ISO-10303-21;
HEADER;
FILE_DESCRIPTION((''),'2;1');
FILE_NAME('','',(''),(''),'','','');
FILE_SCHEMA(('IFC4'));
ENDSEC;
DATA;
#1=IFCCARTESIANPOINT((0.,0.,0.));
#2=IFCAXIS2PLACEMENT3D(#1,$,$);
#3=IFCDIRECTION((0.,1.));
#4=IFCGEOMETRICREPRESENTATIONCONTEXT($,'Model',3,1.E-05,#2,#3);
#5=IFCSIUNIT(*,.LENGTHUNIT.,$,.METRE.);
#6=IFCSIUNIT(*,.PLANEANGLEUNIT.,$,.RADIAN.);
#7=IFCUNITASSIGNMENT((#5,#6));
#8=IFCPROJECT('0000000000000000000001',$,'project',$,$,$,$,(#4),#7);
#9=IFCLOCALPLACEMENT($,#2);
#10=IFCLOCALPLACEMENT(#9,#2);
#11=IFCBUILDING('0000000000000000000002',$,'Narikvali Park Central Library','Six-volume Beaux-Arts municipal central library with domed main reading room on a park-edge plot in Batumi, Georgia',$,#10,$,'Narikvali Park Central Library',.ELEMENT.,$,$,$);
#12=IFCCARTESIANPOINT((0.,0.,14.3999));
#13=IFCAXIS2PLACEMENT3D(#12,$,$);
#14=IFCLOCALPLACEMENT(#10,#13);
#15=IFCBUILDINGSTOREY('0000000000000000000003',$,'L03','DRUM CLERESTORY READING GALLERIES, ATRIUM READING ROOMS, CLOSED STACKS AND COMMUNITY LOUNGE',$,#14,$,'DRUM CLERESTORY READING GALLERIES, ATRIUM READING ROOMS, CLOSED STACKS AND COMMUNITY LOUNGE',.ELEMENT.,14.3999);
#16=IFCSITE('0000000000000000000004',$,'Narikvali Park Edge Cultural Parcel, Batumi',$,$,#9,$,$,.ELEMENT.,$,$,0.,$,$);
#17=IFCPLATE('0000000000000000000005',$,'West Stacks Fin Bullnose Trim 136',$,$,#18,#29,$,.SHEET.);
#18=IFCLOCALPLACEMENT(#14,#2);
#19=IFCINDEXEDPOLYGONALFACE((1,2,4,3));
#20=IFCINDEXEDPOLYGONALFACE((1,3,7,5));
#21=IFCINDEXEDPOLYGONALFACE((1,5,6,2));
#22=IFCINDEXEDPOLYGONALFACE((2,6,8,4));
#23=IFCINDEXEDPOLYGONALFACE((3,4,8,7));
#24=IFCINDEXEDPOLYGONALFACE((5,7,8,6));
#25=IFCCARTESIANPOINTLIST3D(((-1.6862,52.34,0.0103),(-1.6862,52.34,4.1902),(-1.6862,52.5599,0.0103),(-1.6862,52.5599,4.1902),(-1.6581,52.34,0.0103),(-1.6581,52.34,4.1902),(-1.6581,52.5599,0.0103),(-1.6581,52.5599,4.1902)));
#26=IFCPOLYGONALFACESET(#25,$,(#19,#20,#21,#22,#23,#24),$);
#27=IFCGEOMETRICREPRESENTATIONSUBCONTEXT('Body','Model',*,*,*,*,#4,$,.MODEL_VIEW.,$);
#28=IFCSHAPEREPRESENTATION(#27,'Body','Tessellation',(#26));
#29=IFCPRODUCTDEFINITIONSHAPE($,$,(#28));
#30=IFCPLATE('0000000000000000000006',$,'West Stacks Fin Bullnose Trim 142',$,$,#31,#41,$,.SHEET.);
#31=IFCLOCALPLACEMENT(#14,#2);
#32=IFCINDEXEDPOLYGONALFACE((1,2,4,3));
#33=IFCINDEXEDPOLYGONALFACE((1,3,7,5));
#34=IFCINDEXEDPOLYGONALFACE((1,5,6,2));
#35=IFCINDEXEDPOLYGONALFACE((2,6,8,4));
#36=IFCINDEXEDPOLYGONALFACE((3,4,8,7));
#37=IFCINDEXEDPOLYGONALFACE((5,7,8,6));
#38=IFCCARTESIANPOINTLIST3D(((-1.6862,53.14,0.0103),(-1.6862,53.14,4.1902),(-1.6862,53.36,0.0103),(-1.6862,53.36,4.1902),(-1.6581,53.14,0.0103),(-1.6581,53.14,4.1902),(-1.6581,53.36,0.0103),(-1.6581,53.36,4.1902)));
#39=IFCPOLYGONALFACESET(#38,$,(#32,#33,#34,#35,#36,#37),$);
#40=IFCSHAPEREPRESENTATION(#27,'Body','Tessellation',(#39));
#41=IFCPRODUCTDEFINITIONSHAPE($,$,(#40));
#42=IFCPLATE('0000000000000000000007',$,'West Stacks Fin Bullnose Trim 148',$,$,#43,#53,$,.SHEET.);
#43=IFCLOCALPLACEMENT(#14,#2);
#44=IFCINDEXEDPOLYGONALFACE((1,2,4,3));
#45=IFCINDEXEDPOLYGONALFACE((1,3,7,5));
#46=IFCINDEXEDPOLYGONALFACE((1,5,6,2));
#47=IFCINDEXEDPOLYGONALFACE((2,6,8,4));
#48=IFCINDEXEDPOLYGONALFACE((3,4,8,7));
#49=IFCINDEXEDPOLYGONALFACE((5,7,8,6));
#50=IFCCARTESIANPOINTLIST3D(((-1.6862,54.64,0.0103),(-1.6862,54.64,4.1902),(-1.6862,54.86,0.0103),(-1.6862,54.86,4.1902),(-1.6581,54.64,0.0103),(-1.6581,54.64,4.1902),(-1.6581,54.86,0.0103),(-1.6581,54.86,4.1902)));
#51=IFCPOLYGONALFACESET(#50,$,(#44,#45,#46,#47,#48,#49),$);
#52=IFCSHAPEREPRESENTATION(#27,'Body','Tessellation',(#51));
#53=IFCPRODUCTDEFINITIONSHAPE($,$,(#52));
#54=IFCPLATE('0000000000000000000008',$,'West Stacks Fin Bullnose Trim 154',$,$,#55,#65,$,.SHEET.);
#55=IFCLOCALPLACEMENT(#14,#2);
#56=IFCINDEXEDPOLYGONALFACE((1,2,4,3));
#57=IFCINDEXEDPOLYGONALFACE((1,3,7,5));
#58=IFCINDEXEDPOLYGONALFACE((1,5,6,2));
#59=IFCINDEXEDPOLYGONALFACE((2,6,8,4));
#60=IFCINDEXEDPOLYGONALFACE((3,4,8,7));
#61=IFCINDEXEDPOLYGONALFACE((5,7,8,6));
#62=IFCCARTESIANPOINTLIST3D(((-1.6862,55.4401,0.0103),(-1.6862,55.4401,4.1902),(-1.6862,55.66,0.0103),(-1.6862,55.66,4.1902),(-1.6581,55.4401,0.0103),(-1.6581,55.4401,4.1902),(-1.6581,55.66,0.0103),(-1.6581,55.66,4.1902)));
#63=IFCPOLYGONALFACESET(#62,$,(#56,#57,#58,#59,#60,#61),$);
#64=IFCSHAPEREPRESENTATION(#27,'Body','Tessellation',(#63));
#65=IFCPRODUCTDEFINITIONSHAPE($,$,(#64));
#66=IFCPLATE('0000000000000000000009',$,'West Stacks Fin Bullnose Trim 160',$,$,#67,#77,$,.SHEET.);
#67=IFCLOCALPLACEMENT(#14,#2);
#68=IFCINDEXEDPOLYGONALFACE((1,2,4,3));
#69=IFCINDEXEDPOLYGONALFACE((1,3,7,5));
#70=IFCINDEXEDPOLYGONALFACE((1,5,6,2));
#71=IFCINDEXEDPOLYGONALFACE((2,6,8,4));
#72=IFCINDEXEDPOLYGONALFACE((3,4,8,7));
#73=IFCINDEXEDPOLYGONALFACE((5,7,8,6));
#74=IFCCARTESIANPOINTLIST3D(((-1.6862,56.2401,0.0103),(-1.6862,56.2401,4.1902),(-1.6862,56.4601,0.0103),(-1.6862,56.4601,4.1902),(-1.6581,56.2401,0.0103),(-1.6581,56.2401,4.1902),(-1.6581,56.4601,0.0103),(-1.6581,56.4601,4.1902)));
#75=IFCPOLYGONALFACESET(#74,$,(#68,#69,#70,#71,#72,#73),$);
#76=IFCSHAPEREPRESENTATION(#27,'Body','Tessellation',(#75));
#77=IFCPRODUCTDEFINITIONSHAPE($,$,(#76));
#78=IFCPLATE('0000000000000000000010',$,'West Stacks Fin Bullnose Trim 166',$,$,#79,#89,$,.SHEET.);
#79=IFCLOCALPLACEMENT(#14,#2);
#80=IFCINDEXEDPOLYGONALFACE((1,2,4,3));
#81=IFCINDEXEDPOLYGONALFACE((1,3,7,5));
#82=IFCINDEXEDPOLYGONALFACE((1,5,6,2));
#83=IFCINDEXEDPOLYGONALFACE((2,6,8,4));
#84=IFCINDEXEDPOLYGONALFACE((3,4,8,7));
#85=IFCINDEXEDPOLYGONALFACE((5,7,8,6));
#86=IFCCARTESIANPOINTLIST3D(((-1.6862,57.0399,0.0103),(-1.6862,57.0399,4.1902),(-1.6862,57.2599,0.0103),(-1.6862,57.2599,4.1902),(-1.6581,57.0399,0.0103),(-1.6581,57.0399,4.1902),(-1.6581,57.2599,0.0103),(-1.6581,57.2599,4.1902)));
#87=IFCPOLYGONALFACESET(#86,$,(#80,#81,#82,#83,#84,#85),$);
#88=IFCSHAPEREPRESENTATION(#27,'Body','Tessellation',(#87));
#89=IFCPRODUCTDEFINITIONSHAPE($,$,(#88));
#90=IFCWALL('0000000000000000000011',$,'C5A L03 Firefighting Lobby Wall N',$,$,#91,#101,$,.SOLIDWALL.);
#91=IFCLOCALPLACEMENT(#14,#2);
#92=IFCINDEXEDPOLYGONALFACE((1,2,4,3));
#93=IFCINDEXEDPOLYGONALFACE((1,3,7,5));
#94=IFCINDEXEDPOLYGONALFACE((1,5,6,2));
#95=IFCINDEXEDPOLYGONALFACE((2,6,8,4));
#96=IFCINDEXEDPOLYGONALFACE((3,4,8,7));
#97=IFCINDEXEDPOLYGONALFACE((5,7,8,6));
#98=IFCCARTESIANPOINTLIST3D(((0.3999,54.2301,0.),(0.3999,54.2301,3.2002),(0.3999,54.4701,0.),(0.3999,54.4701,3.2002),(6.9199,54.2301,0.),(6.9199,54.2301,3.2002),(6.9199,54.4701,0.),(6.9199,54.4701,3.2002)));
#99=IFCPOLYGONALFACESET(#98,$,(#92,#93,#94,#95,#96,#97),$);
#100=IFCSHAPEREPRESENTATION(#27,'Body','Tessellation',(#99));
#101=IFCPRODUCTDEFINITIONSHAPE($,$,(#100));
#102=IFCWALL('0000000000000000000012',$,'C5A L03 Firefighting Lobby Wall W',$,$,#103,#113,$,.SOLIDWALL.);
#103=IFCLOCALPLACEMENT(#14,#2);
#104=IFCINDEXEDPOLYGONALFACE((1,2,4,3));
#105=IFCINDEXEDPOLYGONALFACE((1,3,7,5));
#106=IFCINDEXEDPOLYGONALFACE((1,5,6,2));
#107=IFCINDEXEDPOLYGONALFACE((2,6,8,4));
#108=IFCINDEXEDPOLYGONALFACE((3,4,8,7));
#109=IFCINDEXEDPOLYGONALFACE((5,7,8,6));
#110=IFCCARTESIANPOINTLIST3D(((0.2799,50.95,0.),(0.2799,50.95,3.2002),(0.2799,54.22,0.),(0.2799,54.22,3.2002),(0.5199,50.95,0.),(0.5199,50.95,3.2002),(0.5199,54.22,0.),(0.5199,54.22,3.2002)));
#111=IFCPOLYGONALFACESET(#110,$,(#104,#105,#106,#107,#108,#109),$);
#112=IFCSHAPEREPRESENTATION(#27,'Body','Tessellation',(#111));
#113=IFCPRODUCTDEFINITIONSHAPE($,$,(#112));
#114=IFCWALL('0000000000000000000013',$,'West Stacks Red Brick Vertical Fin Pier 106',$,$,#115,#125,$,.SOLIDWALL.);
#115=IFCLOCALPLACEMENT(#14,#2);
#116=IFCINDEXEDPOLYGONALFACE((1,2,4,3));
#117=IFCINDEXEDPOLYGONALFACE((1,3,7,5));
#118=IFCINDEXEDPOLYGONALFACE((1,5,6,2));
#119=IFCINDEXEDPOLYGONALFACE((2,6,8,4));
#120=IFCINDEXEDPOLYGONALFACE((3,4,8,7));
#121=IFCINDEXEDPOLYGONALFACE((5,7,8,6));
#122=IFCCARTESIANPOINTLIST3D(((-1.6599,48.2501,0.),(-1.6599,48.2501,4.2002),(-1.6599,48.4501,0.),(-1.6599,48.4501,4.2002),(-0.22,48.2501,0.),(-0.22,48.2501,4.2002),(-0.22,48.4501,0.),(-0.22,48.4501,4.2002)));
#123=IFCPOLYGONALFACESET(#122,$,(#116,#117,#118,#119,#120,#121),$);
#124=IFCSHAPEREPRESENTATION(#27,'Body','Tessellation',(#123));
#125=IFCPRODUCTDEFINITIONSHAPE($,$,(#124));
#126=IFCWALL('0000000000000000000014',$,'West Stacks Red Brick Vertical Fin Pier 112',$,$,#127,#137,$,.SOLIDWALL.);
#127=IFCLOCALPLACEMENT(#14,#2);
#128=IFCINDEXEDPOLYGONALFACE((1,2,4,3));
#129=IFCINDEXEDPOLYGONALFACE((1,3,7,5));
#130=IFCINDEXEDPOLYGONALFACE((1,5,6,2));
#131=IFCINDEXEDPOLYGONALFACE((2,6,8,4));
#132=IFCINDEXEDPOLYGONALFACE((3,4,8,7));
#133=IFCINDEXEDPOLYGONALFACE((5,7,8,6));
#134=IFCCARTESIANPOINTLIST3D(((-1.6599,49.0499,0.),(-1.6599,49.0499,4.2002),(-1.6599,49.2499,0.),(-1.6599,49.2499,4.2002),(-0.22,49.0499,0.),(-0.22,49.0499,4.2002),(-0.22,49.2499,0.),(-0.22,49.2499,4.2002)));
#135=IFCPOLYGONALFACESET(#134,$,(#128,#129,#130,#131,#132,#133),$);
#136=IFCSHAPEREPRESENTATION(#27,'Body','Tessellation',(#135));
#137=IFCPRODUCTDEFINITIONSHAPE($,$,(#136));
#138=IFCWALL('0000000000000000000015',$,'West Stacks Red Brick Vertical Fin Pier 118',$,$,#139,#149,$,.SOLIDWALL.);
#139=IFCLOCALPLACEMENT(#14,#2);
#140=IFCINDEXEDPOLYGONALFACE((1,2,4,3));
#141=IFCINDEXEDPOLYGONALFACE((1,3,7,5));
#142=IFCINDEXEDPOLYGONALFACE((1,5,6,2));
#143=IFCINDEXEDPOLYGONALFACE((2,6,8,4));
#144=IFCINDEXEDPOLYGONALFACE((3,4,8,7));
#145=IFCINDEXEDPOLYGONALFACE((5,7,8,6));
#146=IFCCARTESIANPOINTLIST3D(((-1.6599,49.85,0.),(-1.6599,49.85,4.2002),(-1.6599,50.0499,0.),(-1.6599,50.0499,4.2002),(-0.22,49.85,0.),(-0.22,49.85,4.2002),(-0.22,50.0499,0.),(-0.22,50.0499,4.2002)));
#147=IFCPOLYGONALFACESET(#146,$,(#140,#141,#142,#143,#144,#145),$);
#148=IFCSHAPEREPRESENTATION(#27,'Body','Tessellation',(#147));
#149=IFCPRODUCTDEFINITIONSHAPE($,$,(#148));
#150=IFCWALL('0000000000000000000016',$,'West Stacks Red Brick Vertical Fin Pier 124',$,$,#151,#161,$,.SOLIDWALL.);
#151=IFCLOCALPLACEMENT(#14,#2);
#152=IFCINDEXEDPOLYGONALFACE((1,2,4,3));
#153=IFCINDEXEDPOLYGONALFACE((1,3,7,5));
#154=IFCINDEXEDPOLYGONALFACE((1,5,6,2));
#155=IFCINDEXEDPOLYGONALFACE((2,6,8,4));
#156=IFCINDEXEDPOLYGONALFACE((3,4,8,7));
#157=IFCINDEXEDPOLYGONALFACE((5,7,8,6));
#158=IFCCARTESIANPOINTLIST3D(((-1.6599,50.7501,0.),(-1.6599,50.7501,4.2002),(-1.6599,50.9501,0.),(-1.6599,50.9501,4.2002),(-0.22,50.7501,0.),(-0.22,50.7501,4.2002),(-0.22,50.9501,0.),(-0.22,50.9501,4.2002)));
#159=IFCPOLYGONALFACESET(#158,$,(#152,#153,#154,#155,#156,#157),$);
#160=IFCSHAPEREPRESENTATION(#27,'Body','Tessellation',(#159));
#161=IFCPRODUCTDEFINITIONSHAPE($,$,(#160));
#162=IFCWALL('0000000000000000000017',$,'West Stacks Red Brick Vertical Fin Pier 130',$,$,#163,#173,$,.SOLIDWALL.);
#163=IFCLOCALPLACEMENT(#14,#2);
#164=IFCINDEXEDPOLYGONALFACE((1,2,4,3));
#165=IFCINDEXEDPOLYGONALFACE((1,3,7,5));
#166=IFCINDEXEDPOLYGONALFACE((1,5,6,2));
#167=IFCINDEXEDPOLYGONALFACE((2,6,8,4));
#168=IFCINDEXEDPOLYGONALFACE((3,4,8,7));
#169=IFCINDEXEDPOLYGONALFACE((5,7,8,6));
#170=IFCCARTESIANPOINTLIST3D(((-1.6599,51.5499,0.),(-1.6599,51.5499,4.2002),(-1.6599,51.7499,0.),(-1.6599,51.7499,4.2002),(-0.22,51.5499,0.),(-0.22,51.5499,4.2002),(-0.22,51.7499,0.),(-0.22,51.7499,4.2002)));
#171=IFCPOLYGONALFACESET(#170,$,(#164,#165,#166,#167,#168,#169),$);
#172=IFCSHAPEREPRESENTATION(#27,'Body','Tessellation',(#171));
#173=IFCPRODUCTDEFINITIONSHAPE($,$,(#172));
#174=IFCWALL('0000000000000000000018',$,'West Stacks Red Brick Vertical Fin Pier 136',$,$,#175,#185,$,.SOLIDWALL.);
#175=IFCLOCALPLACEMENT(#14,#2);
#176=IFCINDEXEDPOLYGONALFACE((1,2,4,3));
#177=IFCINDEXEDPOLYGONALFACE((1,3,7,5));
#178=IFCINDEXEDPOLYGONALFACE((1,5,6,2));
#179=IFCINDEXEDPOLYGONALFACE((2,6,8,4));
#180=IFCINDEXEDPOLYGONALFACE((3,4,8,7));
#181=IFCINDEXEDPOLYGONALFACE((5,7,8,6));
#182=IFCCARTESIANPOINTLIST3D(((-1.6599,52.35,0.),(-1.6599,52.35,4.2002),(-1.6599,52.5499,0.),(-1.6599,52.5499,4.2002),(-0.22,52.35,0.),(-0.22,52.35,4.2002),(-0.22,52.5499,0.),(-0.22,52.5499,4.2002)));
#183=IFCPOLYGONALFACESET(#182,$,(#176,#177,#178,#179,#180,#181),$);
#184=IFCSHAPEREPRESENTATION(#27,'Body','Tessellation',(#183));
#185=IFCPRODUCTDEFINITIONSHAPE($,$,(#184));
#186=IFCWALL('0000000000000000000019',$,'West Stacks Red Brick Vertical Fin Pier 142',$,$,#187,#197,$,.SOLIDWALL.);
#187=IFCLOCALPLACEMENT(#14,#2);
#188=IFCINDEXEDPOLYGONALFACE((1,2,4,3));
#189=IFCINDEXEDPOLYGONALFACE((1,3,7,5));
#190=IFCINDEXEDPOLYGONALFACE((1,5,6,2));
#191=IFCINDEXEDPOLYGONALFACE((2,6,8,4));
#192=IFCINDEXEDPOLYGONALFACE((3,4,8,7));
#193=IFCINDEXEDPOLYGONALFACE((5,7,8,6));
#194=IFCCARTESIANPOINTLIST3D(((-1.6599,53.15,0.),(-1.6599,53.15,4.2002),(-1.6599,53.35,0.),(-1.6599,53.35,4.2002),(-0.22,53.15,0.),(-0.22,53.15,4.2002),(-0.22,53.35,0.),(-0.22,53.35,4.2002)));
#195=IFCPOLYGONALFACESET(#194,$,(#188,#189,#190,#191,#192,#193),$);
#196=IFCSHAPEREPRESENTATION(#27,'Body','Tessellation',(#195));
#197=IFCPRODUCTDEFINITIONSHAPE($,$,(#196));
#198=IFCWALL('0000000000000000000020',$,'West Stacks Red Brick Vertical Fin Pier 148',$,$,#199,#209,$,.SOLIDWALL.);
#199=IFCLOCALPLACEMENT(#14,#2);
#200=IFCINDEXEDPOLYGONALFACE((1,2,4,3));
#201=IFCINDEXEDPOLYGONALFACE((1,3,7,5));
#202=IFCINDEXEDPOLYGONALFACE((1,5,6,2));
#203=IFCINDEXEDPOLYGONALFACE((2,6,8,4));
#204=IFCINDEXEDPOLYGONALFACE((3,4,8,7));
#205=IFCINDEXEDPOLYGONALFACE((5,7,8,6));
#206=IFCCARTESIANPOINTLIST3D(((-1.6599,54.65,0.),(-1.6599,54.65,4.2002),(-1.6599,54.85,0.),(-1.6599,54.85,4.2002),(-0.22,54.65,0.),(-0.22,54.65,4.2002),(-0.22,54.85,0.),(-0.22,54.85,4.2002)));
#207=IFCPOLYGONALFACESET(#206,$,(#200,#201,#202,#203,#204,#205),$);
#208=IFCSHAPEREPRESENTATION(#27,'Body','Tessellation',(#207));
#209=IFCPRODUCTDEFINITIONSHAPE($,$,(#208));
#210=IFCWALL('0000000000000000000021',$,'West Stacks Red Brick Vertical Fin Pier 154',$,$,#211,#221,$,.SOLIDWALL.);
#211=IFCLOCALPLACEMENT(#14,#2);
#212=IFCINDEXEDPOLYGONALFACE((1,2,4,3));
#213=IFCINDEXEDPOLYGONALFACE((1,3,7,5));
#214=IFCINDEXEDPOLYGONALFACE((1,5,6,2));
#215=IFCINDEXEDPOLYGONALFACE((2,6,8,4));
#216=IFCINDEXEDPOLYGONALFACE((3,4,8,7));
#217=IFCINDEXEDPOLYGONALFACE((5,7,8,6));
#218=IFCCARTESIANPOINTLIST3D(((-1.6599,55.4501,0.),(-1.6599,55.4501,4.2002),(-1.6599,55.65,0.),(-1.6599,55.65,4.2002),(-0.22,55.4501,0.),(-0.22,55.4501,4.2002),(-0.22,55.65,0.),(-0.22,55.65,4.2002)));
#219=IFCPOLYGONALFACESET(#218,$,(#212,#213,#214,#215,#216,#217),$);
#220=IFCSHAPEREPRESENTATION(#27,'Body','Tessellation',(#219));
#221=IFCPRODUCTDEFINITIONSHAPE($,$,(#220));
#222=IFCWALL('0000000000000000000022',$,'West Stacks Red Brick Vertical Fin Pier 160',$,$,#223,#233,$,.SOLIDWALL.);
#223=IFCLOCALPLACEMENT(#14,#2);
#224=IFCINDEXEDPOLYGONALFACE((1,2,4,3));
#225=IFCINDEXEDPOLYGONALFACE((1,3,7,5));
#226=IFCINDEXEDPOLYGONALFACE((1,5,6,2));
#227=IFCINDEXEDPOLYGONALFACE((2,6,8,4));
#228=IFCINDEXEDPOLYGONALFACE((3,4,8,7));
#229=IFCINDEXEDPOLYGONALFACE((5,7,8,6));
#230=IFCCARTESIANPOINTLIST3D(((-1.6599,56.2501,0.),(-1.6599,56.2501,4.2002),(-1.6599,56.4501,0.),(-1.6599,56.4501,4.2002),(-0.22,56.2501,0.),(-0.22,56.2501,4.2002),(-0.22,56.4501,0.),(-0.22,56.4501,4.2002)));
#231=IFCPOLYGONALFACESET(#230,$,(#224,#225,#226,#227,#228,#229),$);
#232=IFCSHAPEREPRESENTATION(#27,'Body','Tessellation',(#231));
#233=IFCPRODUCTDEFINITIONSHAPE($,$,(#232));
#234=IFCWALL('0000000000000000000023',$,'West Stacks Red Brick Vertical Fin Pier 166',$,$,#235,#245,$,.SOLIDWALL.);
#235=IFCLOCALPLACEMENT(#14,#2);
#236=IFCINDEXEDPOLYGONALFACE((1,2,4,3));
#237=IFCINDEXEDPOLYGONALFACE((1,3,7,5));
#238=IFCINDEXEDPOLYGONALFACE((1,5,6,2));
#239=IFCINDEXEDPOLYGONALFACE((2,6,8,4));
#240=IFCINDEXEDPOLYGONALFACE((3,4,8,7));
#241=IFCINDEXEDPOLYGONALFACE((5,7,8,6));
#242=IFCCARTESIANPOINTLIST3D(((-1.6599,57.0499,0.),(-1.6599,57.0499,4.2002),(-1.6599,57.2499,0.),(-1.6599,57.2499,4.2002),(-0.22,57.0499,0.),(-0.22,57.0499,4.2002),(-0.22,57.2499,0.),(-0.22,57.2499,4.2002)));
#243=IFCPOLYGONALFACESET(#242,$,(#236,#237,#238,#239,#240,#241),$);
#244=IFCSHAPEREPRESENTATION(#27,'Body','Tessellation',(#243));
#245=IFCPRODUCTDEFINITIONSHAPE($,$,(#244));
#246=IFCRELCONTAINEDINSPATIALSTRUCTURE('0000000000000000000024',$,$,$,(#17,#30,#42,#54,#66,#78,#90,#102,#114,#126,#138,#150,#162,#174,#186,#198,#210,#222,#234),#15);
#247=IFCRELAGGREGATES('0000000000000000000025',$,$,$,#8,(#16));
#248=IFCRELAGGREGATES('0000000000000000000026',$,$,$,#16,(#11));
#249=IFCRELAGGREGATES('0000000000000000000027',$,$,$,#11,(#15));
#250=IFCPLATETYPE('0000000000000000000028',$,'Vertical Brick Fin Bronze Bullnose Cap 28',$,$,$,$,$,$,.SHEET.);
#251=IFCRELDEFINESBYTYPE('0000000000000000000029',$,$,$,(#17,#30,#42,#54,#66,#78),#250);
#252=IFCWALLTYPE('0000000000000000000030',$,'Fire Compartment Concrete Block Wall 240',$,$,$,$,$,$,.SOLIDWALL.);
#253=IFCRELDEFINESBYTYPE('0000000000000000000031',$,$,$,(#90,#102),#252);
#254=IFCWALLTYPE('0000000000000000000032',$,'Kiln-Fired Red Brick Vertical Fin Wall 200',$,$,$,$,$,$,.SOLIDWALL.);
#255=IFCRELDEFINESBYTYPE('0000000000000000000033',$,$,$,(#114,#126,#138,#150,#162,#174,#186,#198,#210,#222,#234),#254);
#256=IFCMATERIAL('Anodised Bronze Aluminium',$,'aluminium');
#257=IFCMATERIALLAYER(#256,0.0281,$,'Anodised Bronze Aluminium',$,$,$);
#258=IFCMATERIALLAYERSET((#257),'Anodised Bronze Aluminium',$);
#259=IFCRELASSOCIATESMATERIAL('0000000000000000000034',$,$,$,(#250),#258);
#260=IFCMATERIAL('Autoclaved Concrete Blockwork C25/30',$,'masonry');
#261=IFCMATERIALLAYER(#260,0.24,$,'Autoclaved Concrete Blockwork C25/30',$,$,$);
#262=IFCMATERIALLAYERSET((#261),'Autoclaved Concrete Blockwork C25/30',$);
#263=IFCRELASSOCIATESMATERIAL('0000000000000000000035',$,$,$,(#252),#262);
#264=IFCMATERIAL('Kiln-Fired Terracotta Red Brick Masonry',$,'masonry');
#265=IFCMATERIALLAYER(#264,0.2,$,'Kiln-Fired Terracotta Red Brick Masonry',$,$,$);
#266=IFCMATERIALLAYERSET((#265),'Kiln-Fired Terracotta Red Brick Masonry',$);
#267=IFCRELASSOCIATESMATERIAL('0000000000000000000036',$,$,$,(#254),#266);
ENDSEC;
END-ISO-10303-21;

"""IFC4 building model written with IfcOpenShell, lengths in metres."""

from ifc_helpers import new_model, si_unit, direction, frame, frame_2d, origin, origin_2d, place, context, subcontext, project, spatial, rectangle, extrude, material, layer, layer_set, type_object, element, save


model = new_model("IFC4")

# Units and contexts
model_context = context("Model", 3, precision=1e-05, world=origin(), true_north=direction((0.0, 1.0)))
body_context = subcontext(model_context, "Body", "Model", "MODEL_VIEW")
ifc_project = project(units=[si_unit("LENGTHUNIT", "METRE"), si_unit("PLANEANGLEUNIT", "RADIAN")], contexts=[model_context])

# Site, building, storey
site_placement = place(None, origin())
site = spatial("IfcSite", under=ifc_project, at=site_placement, Name="Narikvali Park Edge Cultural Parcel, Batumi", CompositionType="ELEMENT", RefElevation=0.0)
building_placement = place(site_placement, origin())
building = spatial("IfcBuilding", under=site, at=building_placement, Name="Narikvali Park Central Library", Description="Six-volume Beaux-Arts municipal central library with domed main reading room on a park-edge plot in Batumi, Georgia", LongName="Narikvali Park Central Library", CompositionType="ELEMENT")
storey_placement = place(building_placement, frame((0.0, 0.0, 14.3999)))
storey = spatial("IfcBuildingStorey", under=building, at=storey_placement, Name="L03", Description="DRUM CLERESTORY READING GALLERIES, ATRIUM READING ROOMS, CLOSED STACKS AND COMMUNITY LOUNGE", LongName="DRUM CLERESTORY READING GALLERIES, ATRIUM READING ROOMS, CLOSED STACKS AND COMMUNITY LOUNGE", CompositionType="ELEMENT", Elevation=14.3999)

# Plates
ifc_material_1 = material(Name="Anodised Bronze Aluminium", Category="aluminium")
ifc_layer_1 = layer(ifc_material_1, 0.0281, Name="Anodised Bronze Aluminium")
ifc_layer_set_1 = layer_set([ifc_layer_1], Name="Anodised Bronze Aluminium")
plate_type = type_object("IfcPlateType", Name="Vertical Brick Fin Bronze Bullnose Cap 28", PredefinedType="SHEET", material=ifc_layer_set_1)
for number, where, z_axis, x_axis, name in (
    (1, (-1.6721, 52.45, 0.0103), (0.0, 0.0, 1.0), (1.0, 0.0, 0.0), "West Stacks Fin Bullnose Trim 136"),
    (2, (-1.6721, 53.25, 0.0103), (0.0, 0.0, 1.0), (1.0, 0.0, 0.0), "West Stacks Fin Bullnose Trim 142"),
    (3, (-1.6721, 54.75, 0.0103), (0.0, 0.0, 1.0), (1.0, 0.0, 0.0), "West Stacks Fin Bullnose Trim 148"),
    (4, (-1.6721, 55.55, 0.0103), (0.0, 0.0, 1.0), (1.0, 0.0, 0.0), "West Stacks Fin Bullnose Trim 154"),
    (5, (-1.6721, 56.3501, 0.0103), (0.0, 0.0, 1.0), (1.0, 0.0, 0.0), "West Stacks Fin Bullnose Trim 160"),
    (6, (-1.6721, 57.1499, 0.0103), (0.0, 0.0, 1.0), (1.0, 0.0, 0.0), "West Stacks Fin Bullnose Trim 166"),
):
    element("IfcPlate", number, at=place(storey_placement, frame(where, z_axis=z_axis, x_axis=x_axis)), inside=storey, type_object=plate_type, Name=name, PredefinedType="SHEET", context=body_context, shape_type="SweptSolid", body=[
        extrude(rectangle(XDim=0.0281, YDim=0.22, at=origin_2d()), origin(), (0.0, 0.0, 1.0), 4.1799),
    ])

# Walls
ifc_material_2 = material(Name="Autoclaved Concrete Blockwork C25/30", Category="masonry")
ifc_layer_2 = layer(ifc_material_2, 0.24, Name="Autoclaved Concrete Blockwork C25/30")
ifc_layer_set_2 = layer_set([ifc_layer_2], Name="Autoclaved Concrete Blockwork C25/30")
wall_type_1 = type_object("IfcWallType", Name="Fire Compartment Concrete Block Wall 240", PredefinedType="SOLIDWALL", material=ifc_layer_set_2)
wall_1_placement = place(storey_placement, frame((0.3999, 54.3501, 0.0), z_axis=(0.0, 0.0, 1.0), x_axis=(1.0, 0.0, 0.0)))
element("IfcWall", 7, at=wall_1_placement, inside=storey, type_object=wall_type_1, Name="C5A L03 Firefighting Lobby Wall N", PredefinedType="SOLIDWALL", context=body_context, shape_type="SweptSolid", body=[
    extrude(rectangle(XDim=6.52, YDim=0.24, at=frame_2d((3.26, 0.0))), origin(), (0.0, 0.0, 1.0), 3.2002),
])
wall_2_placement = place(storey_placement, frame((0.3999, 50.95, 0.0), z_axis=(0.0, 0.0, 1.0), x_axis=(0.0, 1.0, 0.0)))
element("IfcWall", 8, at=wall_2_placement, inside=storey, type_object=wall_type_1, Name="C5A L03 Firefighting Lobby Wall W", PredefinedType="SOLIDWALL", context=body_context, shape_type="SweptSolid", body=[
    extrude(rectangle(XDim=3.27, YDim=0.24, at=frame_2d((1.635, 0.0))), origin(), (0.0, 0.0, 1.0), 3.2002),
])
ifc_material_3 = material(Name="Kiln-Fired Terracotta Red Brick Masonry", Category="masonry")
ifc_layer_3 = layer(ifc_material_3, 0.2, Name="Kiln-Fired Terracotta Red Brick Masonry")
ifc_layer_set_3 = layer_set([ifc_layer_3], Name="Kiln-Fired Terracotta Red Brick Masonry")
wall_type_2 = type_object("IfcWallType", Name="Kiln-Fired Red Brick Vertical Fin Wall 200", PredefinedType="SOLIDWALL", material=ifc_layer_set_3)
for number, where, z_axis, x_axis, name in (
    (9, (-1.6599, 48.3501, 0.0), (0.0, 0.0, 1.0), (1.0, 0.0, 0.0), "West Stacks Red Brick Vertical Fin Pier 106"),
    (10, (-1.6599, 49.1499, 0.0), (0.0, 0.0, 1.0), (1.0, 0.0, 0.0), "West Stacks Red Brick Vertical Fin Pier 112"),
    (11, (-1.6599, 49.95, 0.0), (0.0, 0.0, 1.0), (1.0, 0.0, 0.0), "West Stacks Red Brick Vertical Fin Pier 118"),
    (12, (-1.6599, 50.8501, 0.0), (0.0, 0.0, 1.0), (1.0, 0.0, 0.0), "West Stacks Red Brick Vertical Fin Pier 124"),
    (13, (-1.6599, 51.6499, 0.0), (0.0, 0.0, 1.0), (1.0, 0.0, 0.0), "West Stacks Red Brick Vertical Fin Pier 130"),
    (14, (-1.6599, 52.45, 0.0), (0.0, 0.0, 1.0), (1.0, 0.0, 0.0), "West Stacks Red Brick Vertical Fin Pier 136"),
    (15, (-1.6599, 53.25, 0.0), (0.0, 0.0, 1.0), (1.0, 0.0, 0.0), "West Stacks Red Brick Vertical Fin Pier 142"),
    (16, (-1.6599, 54.75, 0.0), (0.0, 0.0, 1.0), (1.0, 0.0, 0.0), "West Stacks Red Brick Vertical Fin Pier 148"),
    (17, (-1.6599, 55.55, 0.0), (0.0, 0.0, 1.0), (1.0, 0.0, 0.0), "West Stacks Red Brick Vertical Fin Pier 154"),
    (18, (-1.6599, 56.3501, 0.0), (0.0, 0.0, 1.0), (1.0, 0.0, 0.0), "West Stacks Red Brick Vertical Fin Pier 160"),
    (19, (-1.6599, 57.1499, 0.0), (0.0, 0.0, 1.0), (1.0, 0.0, 0.0), "West Stacks Red Brick Vertical Fin Pier 166"),
):
    element("IfcWall", number, at=place(storey_placement, frame(where, z_axis=z_axis, x_axis=x_axis)), inside=storey, type_object=wall_type_2, Name=name, PredefinedType="SOLIDWALL", context=body_context, shape_type="SweptSolid", body=[
        extrude(rectangle(XDim=1.4399, YDim=0.2, at=frame_2d((0.72, 0.0))), origin(), (0.0, 0.0, 1.0), 4.2002),
    ])

save(model, "model.ifc")
